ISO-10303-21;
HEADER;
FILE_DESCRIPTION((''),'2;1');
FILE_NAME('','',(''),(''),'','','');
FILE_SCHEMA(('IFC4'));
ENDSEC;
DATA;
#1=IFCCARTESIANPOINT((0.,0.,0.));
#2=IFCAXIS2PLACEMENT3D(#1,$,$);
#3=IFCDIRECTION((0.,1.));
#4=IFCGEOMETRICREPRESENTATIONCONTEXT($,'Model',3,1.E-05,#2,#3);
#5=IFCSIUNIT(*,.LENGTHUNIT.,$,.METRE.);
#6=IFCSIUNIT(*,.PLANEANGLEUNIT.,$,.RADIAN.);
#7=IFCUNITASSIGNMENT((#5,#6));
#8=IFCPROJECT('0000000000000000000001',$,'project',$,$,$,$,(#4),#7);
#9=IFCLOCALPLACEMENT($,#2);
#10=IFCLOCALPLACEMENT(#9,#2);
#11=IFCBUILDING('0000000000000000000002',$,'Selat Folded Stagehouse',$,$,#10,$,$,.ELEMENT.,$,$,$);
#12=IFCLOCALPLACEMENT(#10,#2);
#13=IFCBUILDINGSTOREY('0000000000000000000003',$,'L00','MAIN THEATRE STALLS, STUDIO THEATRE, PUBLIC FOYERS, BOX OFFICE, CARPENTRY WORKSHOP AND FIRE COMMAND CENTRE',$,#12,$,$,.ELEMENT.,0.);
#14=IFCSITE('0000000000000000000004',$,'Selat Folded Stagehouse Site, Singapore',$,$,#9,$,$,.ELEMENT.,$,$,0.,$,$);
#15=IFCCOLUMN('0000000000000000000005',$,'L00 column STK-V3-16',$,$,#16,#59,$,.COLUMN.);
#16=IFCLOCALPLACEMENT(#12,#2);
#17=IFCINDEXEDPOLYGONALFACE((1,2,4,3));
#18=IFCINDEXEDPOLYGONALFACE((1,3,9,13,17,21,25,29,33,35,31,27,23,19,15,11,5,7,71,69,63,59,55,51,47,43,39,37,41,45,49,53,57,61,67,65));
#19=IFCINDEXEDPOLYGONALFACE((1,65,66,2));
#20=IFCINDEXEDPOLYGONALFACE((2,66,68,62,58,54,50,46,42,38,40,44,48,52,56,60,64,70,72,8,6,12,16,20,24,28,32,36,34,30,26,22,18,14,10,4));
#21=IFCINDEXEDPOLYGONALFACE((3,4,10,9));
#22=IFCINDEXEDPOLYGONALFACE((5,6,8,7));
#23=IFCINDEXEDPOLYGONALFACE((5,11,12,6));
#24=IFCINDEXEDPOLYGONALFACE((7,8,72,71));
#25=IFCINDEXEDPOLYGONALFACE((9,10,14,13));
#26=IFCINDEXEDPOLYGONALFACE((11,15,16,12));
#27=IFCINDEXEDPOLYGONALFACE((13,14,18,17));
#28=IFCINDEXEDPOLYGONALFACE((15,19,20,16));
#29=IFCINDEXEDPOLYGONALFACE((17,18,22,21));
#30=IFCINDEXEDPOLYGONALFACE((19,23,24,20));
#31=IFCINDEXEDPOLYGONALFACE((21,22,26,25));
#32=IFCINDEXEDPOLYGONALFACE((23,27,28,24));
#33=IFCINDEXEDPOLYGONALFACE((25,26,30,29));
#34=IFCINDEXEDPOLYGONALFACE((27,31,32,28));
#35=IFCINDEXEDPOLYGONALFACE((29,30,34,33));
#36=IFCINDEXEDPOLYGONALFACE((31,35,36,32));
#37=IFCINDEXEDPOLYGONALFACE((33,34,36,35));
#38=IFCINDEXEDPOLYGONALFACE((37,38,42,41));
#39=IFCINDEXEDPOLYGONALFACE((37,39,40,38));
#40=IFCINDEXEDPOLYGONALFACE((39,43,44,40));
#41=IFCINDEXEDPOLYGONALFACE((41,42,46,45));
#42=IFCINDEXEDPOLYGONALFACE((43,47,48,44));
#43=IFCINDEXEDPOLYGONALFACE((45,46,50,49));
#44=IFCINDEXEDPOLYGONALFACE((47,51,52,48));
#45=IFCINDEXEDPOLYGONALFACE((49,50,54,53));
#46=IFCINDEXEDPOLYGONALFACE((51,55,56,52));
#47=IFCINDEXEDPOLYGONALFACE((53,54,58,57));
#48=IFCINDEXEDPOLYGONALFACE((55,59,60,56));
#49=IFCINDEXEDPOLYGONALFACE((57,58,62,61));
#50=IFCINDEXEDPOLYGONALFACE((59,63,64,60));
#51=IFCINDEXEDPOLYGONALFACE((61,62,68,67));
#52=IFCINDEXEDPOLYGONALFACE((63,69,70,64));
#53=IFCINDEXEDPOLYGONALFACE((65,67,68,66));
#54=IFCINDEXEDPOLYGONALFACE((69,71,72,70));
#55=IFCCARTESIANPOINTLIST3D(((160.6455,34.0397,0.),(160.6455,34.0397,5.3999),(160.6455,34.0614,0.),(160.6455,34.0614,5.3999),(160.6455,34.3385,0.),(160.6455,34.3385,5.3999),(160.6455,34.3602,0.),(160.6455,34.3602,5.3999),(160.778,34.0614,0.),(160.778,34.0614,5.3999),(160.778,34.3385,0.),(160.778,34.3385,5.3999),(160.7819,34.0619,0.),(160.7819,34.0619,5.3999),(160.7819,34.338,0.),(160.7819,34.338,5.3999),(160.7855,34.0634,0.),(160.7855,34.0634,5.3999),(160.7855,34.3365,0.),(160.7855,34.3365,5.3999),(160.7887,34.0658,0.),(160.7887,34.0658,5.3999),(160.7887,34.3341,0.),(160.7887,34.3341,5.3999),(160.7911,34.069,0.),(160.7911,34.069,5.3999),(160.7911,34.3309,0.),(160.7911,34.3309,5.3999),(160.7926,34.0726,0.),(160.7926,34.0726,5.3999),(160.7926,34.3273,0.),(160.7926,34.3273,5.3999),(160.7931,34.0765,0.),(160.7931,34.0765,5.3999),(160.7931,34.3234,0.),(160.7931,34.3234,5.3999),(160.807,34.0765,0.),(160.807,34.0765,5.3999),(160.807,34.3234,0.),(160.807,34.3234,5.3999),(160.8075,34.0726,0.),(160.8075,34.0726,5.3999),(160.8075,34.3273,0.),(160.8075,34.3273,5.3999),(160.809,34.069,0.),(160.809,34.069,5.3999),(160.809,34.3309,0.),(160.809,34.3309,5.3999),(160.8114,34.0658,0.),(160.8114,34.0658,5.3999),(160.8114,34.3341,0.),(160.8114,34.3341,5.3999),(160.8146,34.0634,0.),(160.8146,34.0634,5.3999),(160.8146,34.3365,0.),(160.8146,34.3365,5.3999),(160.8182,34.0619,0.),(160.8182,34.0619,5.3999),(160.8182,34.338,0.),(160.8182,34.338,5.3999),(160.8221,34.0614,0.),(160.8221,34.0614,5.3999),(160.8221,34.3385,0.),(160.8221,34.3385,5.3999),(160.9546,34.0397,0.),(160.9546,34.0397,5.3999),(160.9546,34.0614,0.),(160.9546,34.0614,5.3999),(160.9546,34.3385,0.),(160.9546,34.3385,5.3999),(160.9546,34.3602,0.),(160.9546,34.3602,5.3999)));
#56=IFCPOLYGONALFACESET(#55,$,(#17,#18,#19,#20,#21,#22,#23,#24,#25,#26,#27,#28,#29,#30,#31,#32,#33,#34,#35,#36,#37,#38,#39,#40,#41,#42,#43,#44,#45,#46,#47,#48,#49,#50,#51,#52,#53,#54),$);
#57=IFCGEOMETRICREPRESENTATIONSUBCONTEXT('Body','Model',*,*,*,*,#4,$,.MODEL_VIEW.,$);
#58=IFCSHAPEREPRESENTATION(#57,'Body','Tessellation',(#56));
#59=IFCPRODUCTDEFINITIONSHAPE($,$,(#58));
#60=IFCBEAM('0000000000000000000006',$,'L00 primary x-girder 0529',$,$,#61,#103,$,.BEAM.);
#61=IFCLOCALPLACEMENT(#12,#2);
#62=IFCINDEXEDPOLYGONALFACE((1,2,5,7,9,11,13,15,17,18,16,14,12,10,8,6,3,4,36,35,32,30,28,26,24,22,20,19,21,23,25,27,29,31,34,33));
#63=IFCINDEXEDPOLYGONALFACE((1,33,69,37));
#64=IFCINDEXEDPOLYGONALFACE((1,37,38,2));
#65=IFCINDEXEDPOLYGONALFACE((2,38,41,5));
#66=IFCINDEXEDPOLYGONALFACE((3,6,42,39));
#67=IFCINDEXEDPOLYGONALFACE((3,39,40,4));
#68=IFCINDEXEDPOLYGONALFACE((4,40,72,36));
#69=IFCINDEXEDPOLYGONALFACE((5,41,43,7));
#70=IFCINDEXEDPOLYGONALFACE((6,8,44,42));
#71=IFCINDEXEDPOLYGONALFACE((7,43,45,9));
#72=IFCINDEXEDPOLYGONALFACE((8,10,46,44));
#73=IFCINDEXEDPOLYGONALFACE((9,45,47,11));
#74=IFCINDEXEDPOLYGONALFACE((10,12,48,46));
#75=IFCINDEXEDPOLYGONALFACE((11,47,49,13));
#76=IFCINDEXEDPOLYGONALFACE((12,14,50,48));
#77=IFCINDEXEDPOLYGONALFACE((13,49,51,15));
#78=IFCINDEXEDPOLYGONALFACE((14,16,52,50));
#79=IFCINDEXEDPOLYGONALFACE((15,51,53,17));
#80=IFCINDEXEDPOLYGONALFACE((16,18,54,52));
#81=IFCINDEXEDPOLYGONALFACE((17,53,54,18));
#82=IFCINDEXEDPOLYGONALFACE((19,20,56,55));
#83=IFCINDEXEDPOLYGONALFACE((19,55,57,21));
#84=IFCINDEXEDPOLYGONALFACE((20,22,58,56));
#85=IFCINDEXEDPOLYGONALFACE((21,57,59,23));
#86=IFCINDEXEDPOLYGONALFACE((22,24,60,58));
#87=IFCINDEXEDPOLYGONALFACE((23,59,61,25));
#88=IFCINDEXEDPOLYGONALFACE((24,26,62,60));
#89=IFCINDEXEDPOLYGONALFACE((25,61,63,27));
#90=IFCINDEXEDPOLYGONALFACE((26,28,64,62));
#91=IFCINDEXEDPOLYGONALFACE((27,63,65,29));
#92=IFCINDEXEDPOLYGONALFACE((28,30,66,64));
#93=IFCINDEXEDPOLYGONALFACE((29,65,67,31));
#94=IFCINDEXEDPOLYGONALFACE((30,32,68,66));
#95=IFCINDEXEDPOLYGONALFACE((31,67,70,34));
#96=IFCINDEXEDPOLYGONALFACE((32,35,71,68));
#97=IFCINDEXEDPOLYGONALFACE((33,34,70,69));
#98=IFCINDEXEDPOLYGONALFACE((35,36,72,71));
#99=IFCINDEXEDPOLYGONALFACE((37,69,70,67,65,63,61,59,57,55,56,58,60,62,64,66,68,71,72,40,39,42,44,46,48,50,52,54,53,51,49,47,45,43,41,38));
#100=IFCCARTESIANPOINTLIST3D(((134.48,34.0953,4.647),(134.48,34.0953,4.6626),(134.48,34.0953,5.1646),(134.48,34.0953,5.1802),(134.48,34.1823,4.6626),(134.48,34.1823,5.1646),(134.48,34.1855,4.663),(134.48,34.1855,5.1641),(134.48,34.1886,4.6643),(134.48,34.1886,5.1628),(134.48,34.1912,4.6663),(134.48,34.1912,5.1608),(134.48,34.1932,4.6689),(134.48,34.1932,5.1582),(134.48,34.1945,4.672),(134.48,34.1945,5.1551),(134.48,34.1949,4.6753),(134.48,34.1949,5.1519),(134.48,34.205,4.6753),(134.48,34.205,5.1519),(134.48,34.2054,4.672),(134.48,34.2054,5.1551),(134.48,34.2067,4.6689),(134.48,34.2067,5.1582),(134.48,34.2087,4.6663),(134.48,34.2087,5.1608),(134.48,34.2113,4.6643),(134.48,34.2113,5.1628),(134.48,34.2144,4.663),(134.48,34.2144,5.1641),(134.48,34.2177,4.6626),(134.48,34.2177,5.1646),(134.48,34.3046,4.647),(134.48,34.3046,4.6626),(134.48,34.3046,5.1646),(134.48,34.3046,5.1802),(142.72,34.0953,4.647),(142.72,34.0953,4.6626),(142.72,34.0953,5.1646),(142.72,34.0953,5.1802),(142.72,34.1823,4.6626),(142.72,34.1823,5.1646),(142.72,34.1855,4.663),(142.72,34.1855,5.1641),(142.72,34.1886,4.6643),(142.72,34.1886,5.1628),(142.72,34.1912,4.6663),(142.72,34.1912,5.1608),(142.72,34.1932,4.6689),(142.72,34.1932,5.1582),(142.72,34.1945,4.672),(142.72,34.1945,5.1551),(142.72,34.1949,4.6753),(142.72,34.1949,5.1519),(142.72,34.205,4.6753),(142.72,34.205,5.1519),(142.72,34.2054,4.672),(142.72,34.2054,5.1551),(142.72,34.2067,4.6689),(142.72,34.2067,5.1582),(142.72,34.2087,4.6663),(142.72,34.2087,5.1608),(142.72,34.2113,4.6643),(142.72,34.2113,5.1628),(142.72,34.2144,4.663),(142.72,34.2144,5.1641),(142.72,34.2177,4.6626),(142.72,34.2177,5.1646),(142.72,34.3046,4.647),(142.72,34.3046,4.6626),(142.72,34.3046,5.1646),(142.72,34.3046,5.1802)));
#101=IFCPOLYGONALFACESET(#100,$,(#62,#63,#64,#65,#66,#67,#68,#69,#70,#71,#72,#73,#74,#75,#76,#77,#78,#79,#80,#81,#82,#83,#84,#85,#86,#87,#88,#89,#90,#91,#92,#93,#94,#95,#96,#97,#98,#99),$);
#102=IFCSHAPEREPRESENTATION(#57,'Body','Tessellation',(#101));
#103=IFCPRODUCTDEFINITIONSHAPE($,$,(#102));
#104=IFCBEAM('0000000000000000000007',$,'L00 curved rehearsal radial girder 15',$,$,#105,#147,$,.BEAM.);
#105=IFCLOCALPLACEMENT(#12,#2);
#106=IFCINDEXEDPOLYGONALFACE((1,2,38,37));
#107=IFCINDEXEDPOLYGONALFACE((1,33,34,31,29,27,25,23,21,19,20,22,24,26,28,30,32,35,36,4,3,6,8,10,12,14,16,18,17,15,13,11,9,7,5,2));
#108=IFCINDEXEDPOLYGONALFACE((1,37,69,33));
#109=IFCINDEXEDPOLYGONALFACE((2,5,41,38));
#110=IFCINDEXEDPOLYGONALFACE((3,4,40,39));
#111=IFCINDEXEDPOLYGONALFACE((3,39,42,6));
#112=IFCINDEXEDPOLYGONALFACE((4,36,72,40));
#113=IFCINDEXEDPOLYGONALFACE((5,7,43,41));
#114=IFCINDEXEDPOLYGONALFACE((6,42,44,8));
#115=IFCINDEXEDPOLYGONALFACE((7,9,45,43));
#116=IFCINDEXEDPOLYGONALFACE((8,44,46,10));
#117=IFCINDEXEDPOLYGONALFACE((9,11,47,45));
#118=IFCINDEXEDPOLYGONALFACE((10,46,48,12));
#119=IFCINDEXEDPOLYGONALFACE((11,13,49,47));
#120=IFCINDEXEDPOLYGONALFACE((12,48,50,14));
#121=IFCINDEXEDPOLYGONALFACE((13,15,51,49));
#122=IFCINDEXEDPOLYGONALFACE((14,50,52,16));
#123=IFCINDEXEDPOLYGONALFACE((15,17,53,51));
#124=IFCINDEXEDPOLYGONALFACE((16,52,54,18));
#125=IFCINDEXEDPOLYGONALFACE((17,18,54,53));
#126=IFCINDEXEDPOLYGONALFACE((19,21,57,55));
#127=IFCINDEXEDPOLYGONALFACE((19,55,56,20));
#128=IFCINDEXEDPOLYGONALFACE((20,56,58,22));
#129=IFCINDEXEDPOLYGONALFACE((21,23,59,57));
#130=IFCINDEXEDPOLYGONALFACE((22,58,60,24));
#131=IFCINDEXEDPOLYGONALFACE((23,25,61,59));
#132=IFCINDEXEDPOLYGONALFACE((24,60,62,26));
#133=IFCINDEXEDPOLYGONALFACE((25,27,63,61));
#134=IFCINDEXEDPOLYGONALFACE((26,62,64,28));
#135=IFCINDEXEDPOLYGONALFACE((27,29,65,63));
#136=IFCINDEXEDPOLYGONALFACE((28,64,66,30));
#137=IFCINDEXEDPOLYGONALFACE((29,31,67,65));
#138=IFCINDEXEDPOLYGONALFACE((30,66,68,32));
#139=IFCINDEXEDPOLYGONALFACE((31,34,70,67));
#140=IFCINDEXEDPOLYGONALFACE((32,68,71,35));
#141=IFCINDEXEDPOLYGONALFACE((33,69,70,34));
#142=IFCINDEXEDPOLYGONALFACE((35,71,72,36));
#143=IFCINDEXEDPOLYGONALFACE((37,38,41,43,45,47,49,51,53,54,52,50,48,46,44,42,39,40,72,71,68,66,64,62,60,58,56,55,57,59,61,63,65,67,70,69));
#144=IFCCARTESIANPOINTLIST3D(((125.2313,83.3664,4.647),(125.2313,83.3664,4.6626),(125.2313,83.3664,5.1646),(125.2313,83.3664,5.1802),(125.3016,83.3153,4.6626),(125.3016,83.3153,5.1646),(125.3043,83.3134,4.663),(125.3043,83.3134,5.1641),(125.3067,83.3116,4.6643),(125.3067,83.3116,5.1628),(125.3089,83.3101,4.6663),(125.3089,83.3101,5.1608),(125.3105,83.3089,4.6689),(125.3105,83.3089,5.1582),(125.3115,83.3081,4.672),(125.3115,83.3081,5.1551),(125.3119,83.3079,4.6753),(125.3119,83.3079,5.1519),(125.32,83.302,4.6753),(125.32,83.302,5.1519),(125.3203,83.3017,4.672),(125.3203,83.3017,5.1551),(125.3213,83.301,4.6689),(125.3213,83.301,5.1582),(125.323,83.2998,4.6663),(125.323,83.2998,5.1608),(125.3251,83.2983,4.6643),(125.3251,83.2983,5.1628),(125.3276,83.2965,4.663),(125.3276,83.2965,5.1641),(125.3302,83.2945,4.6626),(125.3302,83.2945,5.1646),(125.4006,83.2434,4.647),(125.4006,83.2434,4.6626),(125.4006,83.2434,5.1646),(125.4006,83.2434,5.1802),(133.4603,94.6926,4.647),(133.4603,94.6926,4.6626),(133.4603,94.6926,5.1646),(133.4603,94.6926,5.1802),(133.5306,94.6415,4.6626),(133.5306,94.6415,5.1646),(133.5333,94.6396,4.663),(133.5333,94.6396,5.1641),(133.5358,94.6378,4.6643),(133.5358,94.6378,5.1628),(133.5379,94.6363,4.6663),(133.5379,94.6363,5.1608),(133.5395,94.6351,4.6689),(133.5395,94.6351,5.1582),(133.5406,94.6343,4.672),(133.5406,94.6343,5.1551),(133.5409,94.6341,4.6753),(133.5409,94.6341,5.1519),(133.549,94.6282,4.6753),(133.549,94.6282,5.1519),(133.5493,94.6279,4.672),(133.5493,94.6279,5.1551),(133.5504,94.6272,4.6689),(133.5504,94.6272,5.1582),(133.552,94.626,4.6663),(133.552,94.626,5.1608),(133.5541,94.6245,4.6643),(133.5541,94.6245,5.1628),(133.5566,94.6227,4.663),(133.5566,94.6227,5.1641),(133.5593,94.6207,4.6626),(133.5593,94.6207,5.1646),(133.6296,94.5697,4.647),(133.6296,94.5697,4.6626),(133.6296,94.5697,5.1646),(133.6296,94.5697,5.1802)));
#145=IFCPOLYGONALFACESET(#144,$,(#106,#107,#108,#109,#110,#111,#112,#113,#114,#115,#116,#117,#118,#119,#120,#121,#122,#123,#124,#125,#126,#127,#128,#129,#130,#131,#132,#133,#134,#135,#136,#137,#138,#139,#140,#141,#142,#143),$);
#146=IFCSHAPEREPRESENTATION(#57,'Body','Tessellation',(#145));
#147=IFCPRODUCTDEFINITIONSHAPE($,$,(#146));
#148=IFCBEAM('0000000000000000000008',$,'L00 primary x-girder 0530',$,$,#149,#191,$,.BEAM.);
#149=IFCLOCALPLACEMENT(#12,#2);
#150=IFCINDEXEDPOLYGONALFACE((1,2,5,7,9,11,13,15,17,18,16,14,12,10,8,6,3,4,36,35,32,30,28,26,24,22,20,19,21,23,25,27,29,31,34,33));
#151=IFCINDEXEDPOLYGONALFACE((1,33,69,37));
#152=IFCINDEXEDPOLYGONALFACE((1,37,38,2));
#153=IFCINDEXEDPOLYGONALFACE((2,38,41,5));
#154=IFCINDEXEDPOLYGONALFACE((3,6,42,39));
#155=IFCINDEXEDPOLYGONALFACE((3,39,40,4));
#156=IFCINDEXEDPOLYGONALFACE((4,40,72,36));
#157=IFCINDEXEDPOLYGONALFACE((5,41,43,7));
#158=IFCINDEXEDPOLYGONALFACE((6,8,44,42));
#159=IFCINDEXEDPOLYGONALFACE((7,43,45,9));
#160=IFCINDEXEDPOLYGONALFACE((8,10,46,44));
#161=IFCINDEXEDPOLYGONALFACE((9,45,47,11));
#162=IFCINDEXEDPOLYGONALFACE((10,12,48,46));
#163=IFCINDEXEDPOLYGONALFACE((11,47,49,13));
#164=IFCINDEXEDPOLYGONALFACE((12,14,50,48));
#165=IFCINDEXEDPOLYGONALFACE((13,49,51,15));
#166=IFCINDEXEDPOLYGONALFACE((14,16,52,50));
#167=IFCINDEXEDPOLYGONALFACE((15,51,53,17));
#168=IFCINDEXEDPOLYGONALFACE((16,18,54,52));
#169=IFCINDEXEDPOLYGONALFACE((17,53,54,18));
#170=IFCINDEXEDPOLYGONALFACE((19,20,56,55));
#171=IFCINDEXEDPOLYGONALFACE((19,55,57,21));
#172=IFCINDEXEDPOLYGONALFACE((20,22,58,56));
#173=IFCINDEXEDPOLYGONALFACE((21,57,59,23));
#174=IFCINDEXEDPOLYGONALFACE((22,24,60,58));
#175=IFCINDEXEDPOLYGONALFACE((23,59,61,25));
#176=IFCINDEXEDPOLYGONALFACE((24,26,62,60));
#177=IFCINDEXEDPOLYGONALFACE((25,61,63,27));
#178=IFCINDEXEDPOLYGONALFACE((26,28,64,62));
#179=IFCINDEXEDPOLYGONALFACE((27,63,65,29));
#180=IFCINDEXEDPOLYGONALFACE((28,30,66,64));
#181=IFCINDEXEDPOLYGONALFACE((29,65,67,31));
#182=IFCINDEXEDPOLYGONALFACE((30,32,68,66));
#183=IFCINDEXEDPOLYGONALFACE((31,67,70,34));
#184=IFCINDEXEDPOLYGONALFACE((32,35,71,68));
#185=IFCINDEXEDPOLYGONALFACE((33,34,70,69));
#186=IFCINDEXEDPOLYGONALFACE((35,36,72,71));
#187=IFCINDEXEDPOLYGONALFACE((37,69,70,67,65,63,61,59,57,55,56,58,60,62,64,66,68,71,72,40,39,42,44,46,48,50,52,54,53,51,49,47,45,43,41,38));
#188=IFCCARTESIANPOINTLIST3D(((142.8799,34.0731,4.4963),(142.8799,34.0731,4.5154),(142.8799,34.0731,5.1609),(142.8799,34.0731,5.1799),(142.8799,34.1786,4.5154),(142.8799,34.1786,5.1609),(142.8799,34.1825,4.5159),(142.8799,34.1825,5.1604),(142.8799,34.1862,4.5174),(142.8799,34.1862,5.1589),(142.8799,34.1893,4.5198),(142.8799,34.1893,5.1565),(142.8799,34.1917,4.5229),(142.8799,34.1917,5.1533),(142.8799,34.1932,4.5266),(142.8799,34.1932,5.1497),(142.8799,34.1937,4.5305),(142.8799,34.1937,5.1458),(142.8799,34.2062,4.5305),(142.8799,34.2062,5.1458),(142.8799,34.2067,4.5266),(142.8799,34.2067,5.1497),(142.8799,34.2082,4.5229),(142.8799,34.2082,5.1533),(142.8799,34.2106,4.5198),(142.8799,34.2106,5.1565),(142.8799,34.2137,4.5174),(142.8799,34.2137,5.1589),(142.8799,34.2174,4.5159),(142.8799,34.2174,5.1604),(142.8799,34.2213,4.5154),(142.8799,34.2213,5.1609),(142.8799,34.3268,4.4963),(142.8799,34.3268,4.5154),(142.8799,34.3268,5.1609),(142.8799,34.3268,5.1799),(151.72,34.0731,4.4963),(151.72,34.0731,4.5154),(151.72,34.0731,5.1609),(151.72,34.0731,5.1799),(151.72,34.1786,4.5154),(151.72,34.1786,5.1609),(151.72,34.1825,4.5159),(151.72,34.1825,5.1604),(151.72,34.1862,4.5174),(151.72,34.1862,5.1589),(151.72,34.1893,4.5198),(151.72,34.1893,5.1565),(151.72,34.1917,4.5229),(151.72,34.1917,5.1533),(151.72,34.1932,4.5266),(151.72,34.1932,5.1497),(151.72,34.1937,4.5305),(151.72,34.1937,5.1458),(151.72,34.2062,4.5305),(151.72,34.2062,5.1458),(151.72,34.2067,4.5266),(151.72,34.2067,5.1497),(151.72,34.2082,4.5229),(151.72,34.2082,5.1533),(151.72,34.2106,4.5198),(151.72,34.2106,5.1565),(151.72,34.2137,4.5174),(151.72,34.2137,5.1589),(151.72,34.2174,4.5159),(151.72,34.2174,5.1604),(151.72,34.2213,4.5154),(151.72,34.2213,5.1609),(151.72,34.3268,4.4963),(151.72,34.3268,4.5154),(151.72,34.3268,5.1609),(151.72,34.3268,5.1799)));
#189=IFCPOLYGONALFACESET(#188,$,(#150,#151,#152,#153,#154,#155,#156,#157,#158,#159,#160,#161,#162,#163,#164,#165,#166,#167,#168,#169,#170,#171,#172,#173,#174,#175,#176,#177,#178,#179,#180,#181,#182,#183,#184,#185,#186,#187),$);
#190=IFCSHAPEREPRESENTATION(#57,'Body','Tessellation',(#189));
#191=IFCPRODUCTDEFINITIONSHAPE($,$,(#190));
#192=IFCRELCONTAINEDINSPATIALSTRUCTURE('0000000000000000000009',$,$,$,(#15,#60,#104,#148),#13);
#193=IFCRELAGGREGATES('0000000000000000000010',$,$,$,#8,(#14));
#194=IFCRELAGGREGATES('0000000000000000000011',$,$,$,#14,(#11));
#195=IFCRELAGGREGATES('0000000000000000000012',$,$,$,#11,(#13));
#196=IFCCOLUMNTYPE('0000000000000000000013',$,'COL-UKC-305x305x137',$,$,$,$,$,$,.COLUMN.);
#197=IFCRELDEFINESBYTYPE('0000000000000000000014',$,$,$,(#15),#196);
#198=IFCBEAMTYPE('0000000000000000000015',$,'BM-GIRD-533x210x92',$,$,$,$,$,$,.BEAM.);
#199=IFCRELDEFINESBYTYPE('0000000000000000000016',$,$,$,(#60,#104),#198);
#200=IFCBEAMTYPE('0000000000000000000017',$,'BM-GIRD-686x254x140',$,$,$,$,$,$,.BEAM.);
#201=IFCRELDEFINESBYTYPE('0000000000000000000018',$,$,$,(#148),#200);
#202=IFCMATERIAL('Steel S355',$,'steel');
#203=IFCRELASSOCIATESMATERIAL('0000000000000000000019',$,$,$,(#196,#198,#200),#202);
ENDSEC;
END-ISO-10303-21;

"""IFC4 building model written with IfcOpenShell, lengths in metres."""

from ifc_helpers import new_model, si_unit, direction, frame, origin, origin_2d, place, context, subcontext, project, spatial, i_section, extrude, material, material_profile, profile_set, type_object, element, save


model = new_model("IFC4")

# Units and contexts
model_context = context("Model", 3, precision=1e-05, world=origin(), true_north=direction((0.0, 1.0)))
body_context = subcontext(model_context, "Body", "Model", "MODEL_VIEW")
ifc_project = project(units=[si_unit("LENGTHUNIT", "METRE"), si_unit("PLANEANGLEUNIT", "RADIAN")], contexts=[model_context])

# Site, building, storey
site_placement = place(None, origin())
site = spatial("IfcSite", under=ifc_project, at=site_placement, Name="Selat Folded Stagehouse Site, Singapore", CompositionType="ELEMENT", RefElevation=0.0)
building_placement = place(site_placement, origin())
building = spatial("IfcBuilding", under=site, at=building_placement, Name="Selat Folded Stagehouse", CompositionType="ELEMENT")
storey_placement = place(building_placement, origin())
storey = spatial("IfcBuildingStorey", under=building, at=storey_placement, Name="L00", Description="MAIN THEATRE STALLS, STUDIO THEATRE, PUBLIC FOYERS, BOX OFFICE, CARPENTRY WORKSHOP AND FIRE COMMAND CENTRE", CompositionType="ELEMENT", Elevation=0.0)

# Column
ifc_material_1 = material(Name="Steel S355", Category="steel")
ifc_material_profile_1 = material_profile(ifc_material_1, i_section(OverallWidth=0.3091, OverallDepth=0.3206, WebThickness=0.0139, FlangeThickness=0.0217, FilletRadius=0.0151, at=origin_2d()), Name="UKC 305x305x137")
ifc_profile_set_1 = profile_set([ifc_material_profile_1], Name="Steel S355")
column_type_1 = type_object("IfcColumnType", Name="COL-UKC-305x305x137", PredefinedType="COLUMN", material=ifc_profile_set_1)
for number, where, z_axis, x_axis, name in (
    (1, (160.8, 34.2, 0.0), (0.0, 0.0, 1.0), (1.0, 0.0, 0.0), "L00 column STK-V3-16"),
):
    element("IfcColumn", number, at=place(storey_placement, frame(where, z_axis=z_axis, x_axis=x_axis)), inside=storey, type_object=column_type_1, Name=name, PredefinedType="COLUMN", context=body_context, shape_type="SweptSolid", body=[
        extrude(i_section(OverallWidth=0.3091, OverallDepth=0.3206, WebThickness=0.0139, FlangeThickness=0.0217, FilletRadius=0.0151, at=origin_2d()), origin(), (0.0, 0.0, 1.0), 5.3999),
    ])

# Beams
ifc_material_profile_2 = material_profile(ifc_material_1, i_section(OverallWidth=0.2092, OverallDepth=0.5332, WebThickness=0.01, FlangeThickness=0.0156, FilletRadius=0.0127, at=origin_2d()), Name="UKB 533x210x92")
ifc_profile_set_2 = profile_set([ifc_material_profile_2], Name="Steel S355")
beam_type_1 = type_object("IfcBeamType", Name="BM-GIRD-533x210x92", PredefinedType="BEAM", material=ifc_profile_set_2)
beam_1_placement = place(storey_placement, frame((134.48, 34.2, 4.9136), z_axis=(1.0, 0.0, 0.0), x_axis=(0.0, 1.0, 0.0)))
element("IfcBeam", 2, at=beam_1_placement, inside=storey, type_object=beam_type_1, Name="L00 primary x-girder 0529", PredefinedType="BEAM", context=body_context, shape_type="SweptSolid", body=[
    extrude(i_section(OverallWidth=0.2092, OverallDepth=0.5332, WebThickness=0.01, FlangeThickness=0.0156, FilletRadius=0.0127, at=origin_2d()), origin(), (0.0, 0.0, 1.0), 8.24),
])
beam_2_placement = place(storey_placement, frame((125.3159, 83.3049, 4.9136), z_axis=(0.587788, 0.809015, 0.0), x_axis=(-0.809015, 0.587788, 0.0)))
element("IfcBeam", 3, at=beam_2_placement, inside=storey, type_object=beam_type_1, Name="L00 curved rehearsal radial girder 15", PredefinedType="BEAM", context=body_context, shape_type="SweptSolid", body=[
    extrude(i_section(OverallWidth=0.2092, OverallDepth=0.5332, WebThickness=0.01, FlangeThickness=0.0156, FilletRadius=0.0127, at=origin_2d()), origin(), (0.0, 0.0, 1.0), 14.0),
])
ifc_material_profile_3 = material_profile(ifc_material_1, i_section(OverallWidth=0.2537, OverallDepth=0.6836, WebThickness=0.0125, FlangeThickness=0.019, FilletRadius=0.0151, at=origin_2d()), Name="UKB 686x254x140")
ifc_profile_set_3 = profile_set([ifc_material_profile_3], Name="Steel S355")
beam_type_2 = type_object("IfcBeamType", Name="BM-GIRD-686x254x140", PredefinedType="BEAM", material=ifc_profile_set_3)
for number, where, z_axis, x_axis, name in (
    (4, (142.8799, 34.2, 4.8381), (1.0, 0.0, 0.0), (0.0, 1.0, 0.0), "L00 primary x-girder 0530"),
):
    element("IfcBeam", number, at=place(storey_placement, frame(where, z_axis=z_axis, x_axis=x_axis)), inside=storey, type_object=beam_type_2, Name=name, PredefinedType="BEAM", context=body_context, shape_type="SweptSolid", body=[
        extrude(i_section(OverallWidth=0.2537, OverallDepth=0.6836, WebThickness=0.0125, FlangeThickness=0.019, FilletRadius=0.0151, at=origin_2d()), origin(), (0.0, 0.0, 1.0), 8.8401),
    ])

save(model, "model.ifc")
